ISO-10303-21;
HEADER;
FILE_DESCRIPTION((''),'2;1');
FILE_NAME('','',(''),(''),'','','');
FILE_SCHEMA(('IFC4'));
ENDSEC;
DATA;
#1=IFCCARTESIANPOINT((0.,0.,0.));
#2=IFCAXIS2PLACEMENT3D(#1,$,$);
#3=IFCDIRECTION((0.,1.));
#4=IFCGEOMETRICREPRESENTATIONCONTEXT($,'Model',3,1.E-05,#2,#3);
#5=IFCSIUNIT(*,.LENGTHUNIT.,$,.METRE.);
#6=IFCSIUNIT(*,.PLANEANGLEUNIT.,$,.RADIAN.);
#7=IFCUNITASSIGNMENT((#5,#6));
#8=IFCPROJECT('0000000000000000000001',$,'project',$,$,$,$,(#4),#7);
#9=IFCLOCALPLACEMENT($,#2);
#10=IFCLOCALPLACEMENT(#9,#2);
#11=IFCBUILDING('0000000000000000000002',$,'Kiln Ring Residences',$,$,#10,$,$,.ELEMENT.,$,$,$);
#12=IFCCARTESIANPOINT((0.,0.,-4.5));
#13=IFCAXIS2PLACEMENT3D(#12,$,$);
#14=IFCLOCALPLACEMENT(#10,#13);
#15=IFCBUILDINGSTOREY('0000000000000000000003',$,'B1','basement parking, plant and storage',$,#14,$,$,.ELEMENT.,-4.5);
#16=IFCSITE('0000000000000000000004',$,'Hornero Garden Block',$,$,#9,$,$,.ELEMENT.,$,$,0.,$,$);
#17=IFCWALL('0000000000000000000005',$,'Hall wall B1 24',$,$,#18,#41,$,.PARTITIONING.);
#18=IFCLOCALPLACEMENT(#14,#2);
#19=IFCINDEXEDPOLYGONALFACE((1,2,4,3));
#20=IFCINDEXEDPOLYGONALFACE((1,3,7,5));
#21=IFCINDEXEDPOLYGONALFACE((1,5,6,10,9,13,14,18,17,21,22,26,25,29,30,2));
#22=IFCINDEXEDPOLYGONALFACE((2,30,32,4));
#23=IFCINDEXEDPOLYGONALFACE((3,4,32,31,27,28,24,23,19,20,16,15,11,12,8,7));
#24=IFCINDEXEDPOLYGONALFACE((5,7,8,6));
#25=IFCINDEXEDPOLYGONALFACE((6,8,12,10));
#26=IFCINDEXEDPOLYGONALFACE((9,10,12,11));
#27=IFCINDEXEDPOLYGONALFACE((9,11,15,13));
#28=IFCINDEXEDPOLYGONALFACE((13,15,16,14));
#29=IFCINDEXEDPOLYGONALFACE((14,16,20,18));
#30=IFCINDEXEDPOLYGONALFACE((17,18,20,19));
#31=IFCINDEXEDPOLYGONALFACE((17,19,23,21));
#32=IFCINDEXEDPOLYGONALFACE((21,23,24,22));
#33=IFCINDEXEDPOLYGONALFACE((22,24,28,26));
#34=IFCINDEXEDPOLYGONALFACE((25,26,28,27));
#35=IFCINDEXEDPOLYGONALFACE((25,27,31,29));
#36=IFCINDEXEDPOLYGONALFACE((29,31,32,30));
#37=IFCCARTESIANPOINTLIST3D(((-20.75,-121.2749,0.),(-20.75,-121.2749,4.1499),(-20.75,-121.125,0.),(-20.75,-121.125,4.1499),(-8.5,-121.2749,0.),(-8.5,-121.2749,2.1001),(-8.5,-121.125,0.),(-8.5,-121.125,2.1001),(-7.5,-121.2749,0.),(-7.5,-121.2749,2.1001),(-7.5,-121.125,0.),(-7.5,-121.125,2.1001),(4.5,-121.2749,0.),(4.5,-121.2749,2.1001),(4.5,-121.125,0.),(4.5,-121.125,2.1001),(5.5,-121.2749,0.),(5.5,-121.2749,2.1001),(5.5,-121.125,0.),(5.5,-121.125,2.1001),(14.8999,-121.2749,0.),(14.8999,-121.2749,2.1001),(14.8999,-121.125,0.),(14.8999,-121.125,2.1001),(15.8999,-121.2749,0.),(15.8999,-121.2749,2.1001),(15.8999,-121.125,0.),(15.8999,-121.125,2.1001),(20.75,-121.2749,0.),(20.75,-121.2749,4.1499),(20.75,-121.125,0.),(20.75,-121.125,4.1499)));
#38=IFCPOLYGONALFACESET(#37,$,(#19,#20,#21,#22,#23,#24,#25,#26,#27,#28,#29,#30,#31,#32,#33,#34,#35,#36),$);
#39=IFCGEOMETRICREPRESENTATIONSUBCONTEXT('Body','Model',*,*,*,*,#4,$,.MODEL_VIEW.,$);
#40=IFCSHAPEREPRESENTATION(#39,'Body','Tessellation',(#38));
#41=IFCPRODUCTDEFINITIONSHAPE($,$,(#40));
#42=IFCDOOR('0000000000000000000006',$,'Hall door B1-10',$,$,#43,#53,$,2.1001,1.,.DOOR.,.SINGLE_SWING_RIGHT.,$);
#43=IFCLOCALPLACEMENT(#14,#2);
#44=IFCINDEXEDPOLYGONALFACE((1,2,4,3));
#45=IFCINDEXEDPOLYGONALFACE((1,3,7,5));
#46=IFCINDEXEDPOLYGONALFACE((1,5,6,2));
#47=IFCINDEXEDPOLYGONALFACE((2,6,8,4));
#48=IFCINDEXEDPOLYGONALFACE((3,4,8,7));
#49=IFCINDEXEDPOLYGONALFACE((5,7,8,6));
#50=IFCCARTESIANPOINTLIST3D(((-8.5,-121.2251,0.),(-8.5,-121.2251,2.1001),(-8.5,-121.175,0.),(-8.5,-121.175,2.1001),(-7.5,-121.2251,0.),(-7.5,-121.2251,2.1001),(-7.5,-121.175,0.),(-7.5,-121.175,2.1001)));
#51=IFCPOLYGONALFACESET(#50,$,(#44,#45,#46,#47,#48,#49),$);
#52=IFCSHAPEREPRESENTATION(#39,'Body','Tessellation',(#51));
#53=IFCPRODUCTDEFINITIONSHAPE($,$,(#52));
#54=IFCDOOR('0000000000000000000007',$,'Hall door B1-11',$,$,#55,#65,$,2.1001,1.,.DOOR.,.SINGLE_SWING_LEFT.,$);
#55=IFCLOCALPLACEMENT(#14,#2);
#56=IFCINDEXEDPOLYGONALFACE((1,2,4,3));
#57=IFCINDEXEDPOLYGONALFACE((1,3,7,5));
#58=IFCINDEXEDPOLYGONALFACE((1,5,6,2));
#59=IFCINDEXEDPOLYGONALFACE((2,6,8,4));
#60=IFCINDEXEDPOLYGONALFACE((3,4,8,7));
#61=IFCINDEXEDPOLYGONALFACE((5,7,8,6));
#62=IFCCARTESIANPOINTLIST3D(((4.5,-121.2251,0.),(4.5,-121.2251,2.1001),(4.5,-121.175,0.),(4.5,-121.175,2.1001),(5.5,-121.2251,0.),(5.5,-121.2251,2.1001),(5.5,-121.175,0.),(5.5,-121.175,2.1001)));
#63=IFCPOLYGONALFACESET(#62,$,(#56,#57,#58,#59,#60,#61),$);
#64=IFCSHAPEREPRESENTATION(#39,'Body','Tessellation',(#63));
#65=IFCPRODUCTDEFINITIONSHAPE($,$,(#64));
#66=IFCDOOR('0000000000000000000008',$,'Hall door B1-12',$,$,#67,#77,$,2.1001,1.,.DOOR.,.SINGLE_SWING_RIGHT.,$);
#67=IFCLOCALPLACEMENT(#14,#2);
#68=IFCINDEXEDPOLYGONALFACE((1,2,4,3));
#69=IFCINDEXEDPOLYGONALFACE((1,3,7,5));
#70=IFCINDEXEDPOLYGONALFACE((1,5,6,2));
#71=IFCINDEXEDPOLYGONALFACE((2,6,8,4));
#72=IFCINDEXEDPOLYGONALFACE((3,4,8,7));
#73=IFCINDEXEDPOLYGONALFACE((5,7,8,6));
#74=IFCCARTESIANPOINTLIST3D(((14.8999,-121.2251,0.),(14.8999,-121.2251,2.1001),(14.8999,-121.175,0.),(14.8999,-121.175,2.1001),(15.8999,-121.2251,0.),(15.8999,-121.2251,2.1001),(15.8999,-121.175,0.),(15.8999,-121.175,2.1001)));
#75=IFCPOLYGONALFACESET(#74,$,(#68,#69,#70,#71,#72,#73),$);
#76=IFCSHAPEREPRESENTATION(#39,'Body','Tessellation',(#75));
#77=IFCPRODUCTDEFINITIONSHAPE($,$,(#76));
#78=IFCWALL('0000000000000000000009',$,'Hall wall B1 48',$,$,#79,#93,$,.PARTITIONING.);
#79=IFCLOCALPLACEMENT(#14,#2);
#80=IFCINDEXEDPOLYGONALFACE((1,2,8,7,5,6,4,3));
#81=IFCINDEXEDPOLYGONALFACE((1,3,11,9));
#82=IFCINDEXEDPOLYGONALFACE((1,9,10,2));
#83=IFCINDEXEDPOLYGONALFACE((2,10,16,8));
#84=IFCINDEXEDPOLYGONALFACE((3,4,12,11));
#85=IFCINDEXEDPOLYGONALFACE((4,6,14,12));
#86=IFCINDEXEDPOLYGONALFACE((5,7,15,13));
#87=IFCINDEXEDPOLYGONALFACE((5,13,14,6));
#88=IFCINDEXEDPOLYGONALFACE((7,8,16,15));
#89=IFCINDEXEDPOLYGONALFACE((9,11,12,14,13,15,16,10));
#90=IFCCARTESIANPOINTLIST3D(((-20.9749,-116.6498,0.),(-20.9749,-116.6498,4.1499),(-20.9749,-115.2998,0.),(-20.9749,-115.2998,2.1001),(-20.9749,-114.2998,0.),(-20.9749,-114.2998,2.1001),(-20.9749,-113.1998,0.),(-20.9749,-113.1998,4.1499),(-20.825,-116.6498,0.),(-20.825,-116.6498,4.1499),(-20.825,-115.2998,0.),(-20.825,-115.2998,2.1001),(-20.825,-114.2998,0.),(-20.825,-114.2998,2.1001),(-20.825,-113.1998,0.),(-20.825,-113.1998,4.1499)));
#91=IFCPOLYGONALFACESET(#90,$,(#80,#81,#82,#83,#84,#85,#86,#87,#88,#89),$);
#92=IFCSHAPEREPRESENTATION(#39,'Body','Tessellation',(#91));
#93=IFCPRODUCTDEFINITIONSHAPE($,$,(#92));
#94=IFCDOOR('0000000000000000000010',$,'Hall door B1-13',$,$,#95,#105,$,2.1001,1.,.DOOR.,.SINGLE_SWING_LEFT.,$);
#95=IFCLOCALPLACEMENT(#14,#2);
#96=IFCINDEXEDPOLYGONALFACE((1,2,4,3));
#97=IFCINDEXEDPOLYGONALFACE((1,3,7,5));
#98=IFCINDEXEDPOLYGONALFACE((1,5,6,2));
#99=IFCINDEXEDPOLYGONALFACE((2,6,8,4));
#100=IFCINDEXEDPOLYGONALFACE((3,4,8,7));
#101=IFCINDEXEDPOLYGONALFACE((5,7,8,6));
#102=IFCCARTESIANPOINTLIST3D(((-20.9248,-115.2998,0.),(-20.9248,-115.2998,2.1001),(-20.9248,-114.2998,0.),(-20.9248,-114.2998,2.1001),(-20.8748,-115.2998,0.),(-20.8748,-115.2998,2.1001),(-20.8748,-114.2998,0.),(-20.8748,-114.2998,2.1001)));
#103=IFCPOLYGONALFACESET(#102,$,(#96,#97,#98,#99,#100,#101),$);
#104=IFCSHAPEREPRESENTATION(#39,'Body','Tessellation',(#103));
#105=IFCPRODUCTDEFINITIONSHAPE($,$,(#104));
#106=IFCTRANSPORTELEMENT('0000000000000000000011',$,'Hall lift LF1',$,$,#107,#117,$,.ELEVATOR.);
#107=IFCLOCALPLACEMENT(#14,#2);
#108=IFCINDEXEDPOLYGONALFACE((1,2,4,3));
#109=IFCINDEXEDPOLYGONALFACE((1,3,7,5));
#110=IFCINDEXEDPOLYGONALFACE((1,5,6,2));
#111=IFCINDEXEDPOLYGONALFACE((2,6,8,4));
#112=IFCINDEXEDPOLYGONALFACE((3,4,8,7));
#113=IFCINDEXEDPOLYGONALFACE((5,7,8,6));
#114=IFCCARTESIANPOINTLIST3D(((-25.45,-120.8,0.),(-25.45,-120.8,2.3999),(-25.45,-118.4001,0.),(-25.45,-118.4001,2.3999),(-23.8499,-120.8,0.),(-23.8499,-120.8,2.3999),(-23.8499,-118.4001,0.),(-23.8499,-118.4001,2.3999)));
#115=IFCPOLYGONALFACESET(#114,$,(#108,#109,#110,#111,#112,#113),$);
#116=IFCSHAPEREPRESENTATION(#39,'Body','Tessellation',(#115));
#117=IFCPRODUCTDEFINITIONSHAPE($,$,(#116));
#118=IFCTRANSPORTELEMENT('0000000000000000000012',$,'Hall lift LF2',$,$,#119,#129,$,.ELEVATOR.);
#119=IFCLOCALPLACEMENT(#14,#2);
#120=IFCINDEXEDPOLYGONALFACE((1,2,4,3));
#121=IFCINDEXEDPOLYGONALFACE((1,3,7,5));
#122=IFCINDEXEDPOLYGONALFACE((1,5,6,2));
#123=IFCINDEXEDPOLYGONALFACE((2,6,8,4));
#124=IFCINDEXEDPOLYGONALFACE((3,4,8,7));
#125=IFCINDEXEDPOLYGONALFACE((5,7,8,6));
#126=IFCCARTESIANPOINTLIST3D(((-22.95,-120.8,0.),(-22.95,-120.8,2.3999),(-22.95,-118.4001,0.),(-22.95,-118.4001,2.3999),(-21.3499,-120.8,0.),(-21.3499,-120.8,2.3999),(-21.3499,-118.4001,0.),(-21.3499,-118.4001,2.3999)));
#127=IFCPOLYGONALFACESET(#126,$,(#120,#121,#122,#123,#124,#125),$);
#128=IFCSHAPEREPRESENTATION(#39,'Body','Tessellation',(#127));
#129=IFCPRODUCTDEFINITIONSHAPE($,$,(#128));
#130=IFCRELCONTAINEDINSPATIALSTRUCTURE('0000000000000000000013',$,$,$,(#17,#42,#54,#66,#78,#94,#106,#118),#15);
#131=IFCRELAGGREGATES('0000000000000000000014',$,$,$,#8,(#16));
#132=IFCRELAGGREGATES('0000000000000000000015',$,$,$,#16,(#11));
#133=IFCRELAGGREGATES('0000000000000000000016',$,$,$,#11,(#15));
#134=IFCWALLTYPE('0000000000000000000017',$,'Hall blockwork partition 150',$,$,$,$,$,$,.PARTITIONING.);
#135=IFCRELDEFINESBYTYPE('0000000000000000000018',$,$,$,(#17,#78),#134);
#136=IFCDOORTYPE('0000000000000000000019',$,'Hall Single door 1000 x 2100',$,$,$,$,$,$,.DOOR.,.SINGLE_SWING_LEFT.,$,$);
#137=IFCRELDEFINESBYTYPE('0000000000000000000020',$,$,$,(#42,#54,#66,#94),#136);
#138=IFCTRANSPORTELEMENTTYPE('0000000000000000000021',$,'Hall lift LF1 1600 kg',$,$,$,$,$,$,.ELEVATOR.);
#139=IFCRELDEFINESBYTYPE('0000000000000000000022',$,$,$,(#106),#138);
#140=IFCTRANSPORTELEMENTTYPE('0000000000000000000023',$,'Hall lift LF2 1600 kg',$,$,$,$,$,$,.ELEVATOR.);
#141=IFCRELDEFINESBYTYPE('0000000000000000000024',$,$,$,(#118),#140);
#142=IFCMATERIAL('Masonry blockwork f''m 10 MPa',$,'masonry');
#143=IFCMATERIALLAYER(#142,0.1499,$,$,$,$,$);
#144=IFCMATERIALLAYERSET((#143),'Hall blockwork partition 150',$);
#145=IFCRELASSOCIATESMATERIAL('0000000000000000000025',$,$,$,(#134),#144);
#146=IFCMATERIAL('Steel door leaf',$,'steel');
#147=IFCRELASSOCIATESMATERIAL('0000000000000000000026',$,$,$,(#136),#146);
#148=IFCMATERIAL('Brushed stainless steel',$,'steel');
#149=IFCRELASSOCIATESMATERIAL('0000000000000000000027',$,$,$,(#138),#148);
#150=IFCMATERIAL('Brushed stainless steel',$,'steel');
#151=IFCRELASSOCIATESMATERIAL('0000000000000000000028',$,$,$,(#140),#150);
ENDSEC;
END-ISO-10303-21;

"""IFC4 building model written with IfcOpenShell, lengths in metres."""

from ifc_helpers import new_model, si_unit, direction, frame, frame_2d, origin, origin_2d, place, context, subcontext, project, spatial, rectangle, extrude, material, layer, layer_set, type_object, element, fill, save


model = new_model("IFC4")

# Units and contexts
model_context = context("Model", 3, precision=1e-05, world=origin(), true_north=direction((0.0, 1.0)))
body_context = subcontext(model_context, "Body", "Model", "MODEL_VIEW")
ifc_project = project(units=[si_unit("LENGTHUNIT", "METRE"), si_unit("PLANEANGLEUNIT", "RADIAN")], contexts=[model_context])

# Site, building, storey
site_placement = place(None, origin())
site = spatial("IfcSite", under=ifc_project, at=site_placement, Name="Hornero Garden Block", CompositionType="ELEMENT", RefElevation=0.0)
building_placement = place(site_placement, origin())
building = spatial("IfcBuilding", under=site, at=building_placement, Name="Kiln Ring Residences", CompositionType="ELEMENT")
storey_placement = place(building_placement, frame((0.0, 0.0, -4.5)))
storey = spatial("IfcBuildingStorey", under=building, at=storey_placement, Name="B1", Description="basement parking, plant and storage", CompositionType="ELEMENT", Elevation=-4.5)

# Wall, openings, doors
ifc_material_1 = material(Name="Masonry blockwork f'm 10 MPa", Category="masonry")
ifc_layer_1 = layer(ifc_material_1, 0.1499)
ifc_layer_set_1 = layer_set([ifc_layer_1], Name="Hall blockwork partition 150")
wall_type_1 = type_object("IfcWallType", Name="Hall blockwork partition 150", PredefinedType="PARTITIONING", material=ifc_layer_set_1)
wall_1_placement = place(storey_placement, frame((-20.75, -121.2, 0.0), z_axis=(0.0, 0.0, 1.0), x_axis=(1.0, 0.0, 0.0)))
wall_1 = element("IfcWall", 1, at=wall_1_placement, inside=storey, type_object=wall_type_1, Name="Hall wall B1 24", PredefinedType="PARTITIONING", context=body_context, shape_type="SweptSolid", body=[
    extrude(rectangle(XDim=41.5, YDim=0.1499, at=frame_2d((20.75, 0.0))), origin(), (0.0, 0.0, 1.0), 4.1499),
])
opening_1_placement = place(wall_1_placement, frame((12.25, 0.0, 0.0)))
opening_1 = element("IfcOpeningElement", 2, at=opening_1_placement, cuts=wall_1, PredefinedType="OPENING", context=body_context, shape_type="SweptSolid", body=[
    extrude(rectangle(XDim=1.0, YDim=2.1001, at=frame_2d((0.5, 1.05))), frame((0.0, 0.085, 0.0), z_axis=(0.0, -1.0, 0.0), x_axis=(1.0, 0.0, 0.0)), (0.0, 0.0, 1.0), 0.1699),
])
opening_2_placement = place(wall_1_placement, frame((25.25, 0.0, 0.0)))
opening_2 = element("IfcOpeningElement", 3, at=opening_2_placement, cuts=wall_1, PredefinedType="OPENING", context=body_context, shape_type="SweptSolid", body=[
    extrude(rectangle(XDim=1.0, YDim=2.1001, at=frame_2d((0.5, 1.05))), frame((0.0, 0.085, 0.0), z_axis=(0.0, -1.0, 0.0), x_axis=(1.0, 0.0, 0.0)), (0.0, 0.0, 1.0), 0.1699),
])
opening_3_placement = place(wall_1_placement, frame((35.6499, 0.0, 0.0)))
opening_3 = element("IfcOpeningElement", 4, at=opening_3_placement, cuts=wall_1, PredefinedType="OPENING", context=body_context, shape_type="SweptSolid", body=[
    extrude(rectangle(XDim=1.0, YDim=2.1001, at=frame_2d((0.5, 1.05))), frame((0.0, 0.085, 0.0), z_axis=(0.0, -1.0, 0.0), x_axis=(1.0, 0.0, 0.0)), (0.0, 0.0, 1.0), 0.1699),
])
ifc_material_2 = material(Name="Steel door leaf", Category="steel")
door_type = type_object("IfcDoorType", Name="Hall Single door 1000 x 2100", OperationType="SINGLE_SWING_LEFT", PredefinedType="DOOR", material=ifc_material_2)
door_1_placement = place(opening_1_placement, origin())
door_1 = element("IfcDoor", 5, at=door_1_placement, inside=storey, type_object=door_type, Name="Hall door B1-10", OperationType="SINGLE_SWING_RIGHT", OverallHeight=2.1001, OverallWidth=1.0, PredefinedType="DOOR", context=body_context, shape_type="SweptSolid", body=[
    extrude(rectangle(XDim=1.0, YDim=2.1001, at=frame_2d((0.5, 1.05))), frame((0.0, 0.0249, 0.0), z_axis=(0.0, -1.0, 0.0), x_axis=(1.0, 0.0, 0.0)), (0.0, 0.0, 1.0), 0.05),
])
fill(opening_1, door_1)
door_2_placement = place(opening_2_placement, origin())
door_2 = element("IfcDoor", 6, at=door_2_placement, inside=storey, type_object=door_type, Name="Hall door B1-11", OperationType="SINGLE_SWING_LEFT", OverallHeight=2.1001, OverallWidth=1.0, PredefinedType="DOOR", context=body_context, shape_type="SweptSolid", body=[
    extrude(rectangle(XDim=1.0, YDim=2.1001, at=frame_2d((0.5, 1.05))), frame((0.0, 0.0249, 0.0), z_axis=(0.0, -1.0, 0.0), x_axis=(1.0, 0.0, 0.0)), (0.0, 0.0, 1.0), 0.05),
])
fill(opening_2, door_2)
door_3_placement = place(opening_3_placement, origin())
door_3 = element("IfcDoor", 7, at=door_3_placement, inside=storey, type_object=door_type, Name="Hall door B1-12", OperationType="SINGLE_SWING_RIGHT", OverallHeight=2.1001, OverallWidth=1.0, PredefinedType="DOOR", context=body_context, shape_type="SweptSolid", body=[
    extrude(rectangle(XDim=1.0, YDim=2.1001, at=frame_2d((0.5, 1.05))), frame((0.0, 0.0249, 0.0), z_axis=(0.0, -1.0, 0.0), x_axis=(1.0, 0.0, 0.0)), (0.0, 0.0, 1.0), 0.05),
])
fill(opening_3, door_3)

# Wall, opening, door
wall_2_placement = place(storey_placement, frame((-20.8999, -116.6499, 0.0), z_axis=(0.0, 0.0, 1.0), x_axis=(0.0, 1.0, 0.0)))
wall_2 = element("IfcWall", 8, at=wall_2_placement, inside=storey, type_object=wall_type_1, Name="Hall wall B1 48", PredefinedType="PARTITIONING", context=body_context, shape_type="SweptSolid", body=[
    extrude(rectangle(XDim=3.45, YDim=0.1499, at=frame_2d((1.7251, 0.0))), origin(), (0.0, 0.0, 1.0), 4.1499),
])
opening_4_placement = place(wall_2_placement, frame((1.3501, 0.0, 0.0)))
opening_4 = element("IfcOpeningElement", 9, at=opening_4_placement, cuts=wall_2, PredefinedType="OPENING", context=body_context, shape_type="SweptSolid", body=[
    extrude(rectangle(XDim=1.0, YDim=2.1001, at=frame_2d((0.5, 1.05))), frame((0.0, 0.085, 0.0), z_axis=(0.0, -1.0, 0.0), x_axis=(1.0, 0.0, 0.0)), (0.0, 0.0, 1.0), 0.1699),
])
door_4_placement = place(opening_4_placement, origin())
door_4 = element("IfcDoor", 10, at=door_4_placement, inside=storey, type_object=door_type, Name="Hall door B1-13", OperationType="SINGLE_SWING_LEFT", OverallHeight=2.1001, OverallWidth=1.0, PredefinedType="DOOR", context=body_context, shape_type="SweptSolid", body=[
    extrude(rectangle(XDim=1.0, YDim=2.1001, at=frame_2d((0.5, 1.05))), frame((0.0, 0.0249, 0.0), z_axis=(0.0, -1.0, 0.0), x_axis=(1.0, 0.0, 0.0)), (0.0, 0.0, 1.0), 0.05),
])
fill(opening_4, door_4)

# Transport elements
ifc_material_3 = material(Name="Brushed stainless steel", Category="steel")
transport_element_type_1 = type_object("IfcTransportElementType", Name="Hall lift LF1 1600 kg", PredefinedType="ELEVATOR", material=ifc_material_3)
transport_element_1_placement = place(storey_placement, frame((-24.6499, -119.6001, 0.0), z_axis=(0.0, 0.0, 1.0), x_axis=(1.0, 0.0, 0.0)))
element("IfcTransportElement", 11, at=transport_element_1_placement, inside=storey, type_object=transport_element_type_1, Name="Hall lift LF1", PredefinedType="ELEVATOR", context=body_context, shape_type="SweptSolid", body=[
    extrude(rectangle(XDim=1.6001, YDim=2.3999, at=origin_2d()), origin(), (0.0, 0.0, 1.0), 2.3999),
])
ifc_material_4 = material(Name="Brushed stainless steel", Category="steel")
transport_element_type_2 = type_object("IfcTransportElementType", Name="Hall lift LF2 1600 kg", PredefinedType="ELEVATOR", material=ifc_material_4)
transport_element_2_placement = place(storey_placement, frame((-22.1499, -119.6001, 0.0), z_axis=(0.0, 0.0, 1.0), x_axis=(1.0, 0.0, 0.0)))
element("IfcTransportElement", 12, at=transport_element_2_placement, inside=storey, type_object=transport_element_type_2, Name="Hall lift LF2", PredefinedType="ELEVATOR", context=body_context, shape_type="SweptSolid", body=[
    extrude(rectangle(XDim=1.6001, YDim=2.3999, at=origin_2d()), origin(), (0.0, 0.0, 1.0), 2.3999),
])

save(model, "model.ifc")
